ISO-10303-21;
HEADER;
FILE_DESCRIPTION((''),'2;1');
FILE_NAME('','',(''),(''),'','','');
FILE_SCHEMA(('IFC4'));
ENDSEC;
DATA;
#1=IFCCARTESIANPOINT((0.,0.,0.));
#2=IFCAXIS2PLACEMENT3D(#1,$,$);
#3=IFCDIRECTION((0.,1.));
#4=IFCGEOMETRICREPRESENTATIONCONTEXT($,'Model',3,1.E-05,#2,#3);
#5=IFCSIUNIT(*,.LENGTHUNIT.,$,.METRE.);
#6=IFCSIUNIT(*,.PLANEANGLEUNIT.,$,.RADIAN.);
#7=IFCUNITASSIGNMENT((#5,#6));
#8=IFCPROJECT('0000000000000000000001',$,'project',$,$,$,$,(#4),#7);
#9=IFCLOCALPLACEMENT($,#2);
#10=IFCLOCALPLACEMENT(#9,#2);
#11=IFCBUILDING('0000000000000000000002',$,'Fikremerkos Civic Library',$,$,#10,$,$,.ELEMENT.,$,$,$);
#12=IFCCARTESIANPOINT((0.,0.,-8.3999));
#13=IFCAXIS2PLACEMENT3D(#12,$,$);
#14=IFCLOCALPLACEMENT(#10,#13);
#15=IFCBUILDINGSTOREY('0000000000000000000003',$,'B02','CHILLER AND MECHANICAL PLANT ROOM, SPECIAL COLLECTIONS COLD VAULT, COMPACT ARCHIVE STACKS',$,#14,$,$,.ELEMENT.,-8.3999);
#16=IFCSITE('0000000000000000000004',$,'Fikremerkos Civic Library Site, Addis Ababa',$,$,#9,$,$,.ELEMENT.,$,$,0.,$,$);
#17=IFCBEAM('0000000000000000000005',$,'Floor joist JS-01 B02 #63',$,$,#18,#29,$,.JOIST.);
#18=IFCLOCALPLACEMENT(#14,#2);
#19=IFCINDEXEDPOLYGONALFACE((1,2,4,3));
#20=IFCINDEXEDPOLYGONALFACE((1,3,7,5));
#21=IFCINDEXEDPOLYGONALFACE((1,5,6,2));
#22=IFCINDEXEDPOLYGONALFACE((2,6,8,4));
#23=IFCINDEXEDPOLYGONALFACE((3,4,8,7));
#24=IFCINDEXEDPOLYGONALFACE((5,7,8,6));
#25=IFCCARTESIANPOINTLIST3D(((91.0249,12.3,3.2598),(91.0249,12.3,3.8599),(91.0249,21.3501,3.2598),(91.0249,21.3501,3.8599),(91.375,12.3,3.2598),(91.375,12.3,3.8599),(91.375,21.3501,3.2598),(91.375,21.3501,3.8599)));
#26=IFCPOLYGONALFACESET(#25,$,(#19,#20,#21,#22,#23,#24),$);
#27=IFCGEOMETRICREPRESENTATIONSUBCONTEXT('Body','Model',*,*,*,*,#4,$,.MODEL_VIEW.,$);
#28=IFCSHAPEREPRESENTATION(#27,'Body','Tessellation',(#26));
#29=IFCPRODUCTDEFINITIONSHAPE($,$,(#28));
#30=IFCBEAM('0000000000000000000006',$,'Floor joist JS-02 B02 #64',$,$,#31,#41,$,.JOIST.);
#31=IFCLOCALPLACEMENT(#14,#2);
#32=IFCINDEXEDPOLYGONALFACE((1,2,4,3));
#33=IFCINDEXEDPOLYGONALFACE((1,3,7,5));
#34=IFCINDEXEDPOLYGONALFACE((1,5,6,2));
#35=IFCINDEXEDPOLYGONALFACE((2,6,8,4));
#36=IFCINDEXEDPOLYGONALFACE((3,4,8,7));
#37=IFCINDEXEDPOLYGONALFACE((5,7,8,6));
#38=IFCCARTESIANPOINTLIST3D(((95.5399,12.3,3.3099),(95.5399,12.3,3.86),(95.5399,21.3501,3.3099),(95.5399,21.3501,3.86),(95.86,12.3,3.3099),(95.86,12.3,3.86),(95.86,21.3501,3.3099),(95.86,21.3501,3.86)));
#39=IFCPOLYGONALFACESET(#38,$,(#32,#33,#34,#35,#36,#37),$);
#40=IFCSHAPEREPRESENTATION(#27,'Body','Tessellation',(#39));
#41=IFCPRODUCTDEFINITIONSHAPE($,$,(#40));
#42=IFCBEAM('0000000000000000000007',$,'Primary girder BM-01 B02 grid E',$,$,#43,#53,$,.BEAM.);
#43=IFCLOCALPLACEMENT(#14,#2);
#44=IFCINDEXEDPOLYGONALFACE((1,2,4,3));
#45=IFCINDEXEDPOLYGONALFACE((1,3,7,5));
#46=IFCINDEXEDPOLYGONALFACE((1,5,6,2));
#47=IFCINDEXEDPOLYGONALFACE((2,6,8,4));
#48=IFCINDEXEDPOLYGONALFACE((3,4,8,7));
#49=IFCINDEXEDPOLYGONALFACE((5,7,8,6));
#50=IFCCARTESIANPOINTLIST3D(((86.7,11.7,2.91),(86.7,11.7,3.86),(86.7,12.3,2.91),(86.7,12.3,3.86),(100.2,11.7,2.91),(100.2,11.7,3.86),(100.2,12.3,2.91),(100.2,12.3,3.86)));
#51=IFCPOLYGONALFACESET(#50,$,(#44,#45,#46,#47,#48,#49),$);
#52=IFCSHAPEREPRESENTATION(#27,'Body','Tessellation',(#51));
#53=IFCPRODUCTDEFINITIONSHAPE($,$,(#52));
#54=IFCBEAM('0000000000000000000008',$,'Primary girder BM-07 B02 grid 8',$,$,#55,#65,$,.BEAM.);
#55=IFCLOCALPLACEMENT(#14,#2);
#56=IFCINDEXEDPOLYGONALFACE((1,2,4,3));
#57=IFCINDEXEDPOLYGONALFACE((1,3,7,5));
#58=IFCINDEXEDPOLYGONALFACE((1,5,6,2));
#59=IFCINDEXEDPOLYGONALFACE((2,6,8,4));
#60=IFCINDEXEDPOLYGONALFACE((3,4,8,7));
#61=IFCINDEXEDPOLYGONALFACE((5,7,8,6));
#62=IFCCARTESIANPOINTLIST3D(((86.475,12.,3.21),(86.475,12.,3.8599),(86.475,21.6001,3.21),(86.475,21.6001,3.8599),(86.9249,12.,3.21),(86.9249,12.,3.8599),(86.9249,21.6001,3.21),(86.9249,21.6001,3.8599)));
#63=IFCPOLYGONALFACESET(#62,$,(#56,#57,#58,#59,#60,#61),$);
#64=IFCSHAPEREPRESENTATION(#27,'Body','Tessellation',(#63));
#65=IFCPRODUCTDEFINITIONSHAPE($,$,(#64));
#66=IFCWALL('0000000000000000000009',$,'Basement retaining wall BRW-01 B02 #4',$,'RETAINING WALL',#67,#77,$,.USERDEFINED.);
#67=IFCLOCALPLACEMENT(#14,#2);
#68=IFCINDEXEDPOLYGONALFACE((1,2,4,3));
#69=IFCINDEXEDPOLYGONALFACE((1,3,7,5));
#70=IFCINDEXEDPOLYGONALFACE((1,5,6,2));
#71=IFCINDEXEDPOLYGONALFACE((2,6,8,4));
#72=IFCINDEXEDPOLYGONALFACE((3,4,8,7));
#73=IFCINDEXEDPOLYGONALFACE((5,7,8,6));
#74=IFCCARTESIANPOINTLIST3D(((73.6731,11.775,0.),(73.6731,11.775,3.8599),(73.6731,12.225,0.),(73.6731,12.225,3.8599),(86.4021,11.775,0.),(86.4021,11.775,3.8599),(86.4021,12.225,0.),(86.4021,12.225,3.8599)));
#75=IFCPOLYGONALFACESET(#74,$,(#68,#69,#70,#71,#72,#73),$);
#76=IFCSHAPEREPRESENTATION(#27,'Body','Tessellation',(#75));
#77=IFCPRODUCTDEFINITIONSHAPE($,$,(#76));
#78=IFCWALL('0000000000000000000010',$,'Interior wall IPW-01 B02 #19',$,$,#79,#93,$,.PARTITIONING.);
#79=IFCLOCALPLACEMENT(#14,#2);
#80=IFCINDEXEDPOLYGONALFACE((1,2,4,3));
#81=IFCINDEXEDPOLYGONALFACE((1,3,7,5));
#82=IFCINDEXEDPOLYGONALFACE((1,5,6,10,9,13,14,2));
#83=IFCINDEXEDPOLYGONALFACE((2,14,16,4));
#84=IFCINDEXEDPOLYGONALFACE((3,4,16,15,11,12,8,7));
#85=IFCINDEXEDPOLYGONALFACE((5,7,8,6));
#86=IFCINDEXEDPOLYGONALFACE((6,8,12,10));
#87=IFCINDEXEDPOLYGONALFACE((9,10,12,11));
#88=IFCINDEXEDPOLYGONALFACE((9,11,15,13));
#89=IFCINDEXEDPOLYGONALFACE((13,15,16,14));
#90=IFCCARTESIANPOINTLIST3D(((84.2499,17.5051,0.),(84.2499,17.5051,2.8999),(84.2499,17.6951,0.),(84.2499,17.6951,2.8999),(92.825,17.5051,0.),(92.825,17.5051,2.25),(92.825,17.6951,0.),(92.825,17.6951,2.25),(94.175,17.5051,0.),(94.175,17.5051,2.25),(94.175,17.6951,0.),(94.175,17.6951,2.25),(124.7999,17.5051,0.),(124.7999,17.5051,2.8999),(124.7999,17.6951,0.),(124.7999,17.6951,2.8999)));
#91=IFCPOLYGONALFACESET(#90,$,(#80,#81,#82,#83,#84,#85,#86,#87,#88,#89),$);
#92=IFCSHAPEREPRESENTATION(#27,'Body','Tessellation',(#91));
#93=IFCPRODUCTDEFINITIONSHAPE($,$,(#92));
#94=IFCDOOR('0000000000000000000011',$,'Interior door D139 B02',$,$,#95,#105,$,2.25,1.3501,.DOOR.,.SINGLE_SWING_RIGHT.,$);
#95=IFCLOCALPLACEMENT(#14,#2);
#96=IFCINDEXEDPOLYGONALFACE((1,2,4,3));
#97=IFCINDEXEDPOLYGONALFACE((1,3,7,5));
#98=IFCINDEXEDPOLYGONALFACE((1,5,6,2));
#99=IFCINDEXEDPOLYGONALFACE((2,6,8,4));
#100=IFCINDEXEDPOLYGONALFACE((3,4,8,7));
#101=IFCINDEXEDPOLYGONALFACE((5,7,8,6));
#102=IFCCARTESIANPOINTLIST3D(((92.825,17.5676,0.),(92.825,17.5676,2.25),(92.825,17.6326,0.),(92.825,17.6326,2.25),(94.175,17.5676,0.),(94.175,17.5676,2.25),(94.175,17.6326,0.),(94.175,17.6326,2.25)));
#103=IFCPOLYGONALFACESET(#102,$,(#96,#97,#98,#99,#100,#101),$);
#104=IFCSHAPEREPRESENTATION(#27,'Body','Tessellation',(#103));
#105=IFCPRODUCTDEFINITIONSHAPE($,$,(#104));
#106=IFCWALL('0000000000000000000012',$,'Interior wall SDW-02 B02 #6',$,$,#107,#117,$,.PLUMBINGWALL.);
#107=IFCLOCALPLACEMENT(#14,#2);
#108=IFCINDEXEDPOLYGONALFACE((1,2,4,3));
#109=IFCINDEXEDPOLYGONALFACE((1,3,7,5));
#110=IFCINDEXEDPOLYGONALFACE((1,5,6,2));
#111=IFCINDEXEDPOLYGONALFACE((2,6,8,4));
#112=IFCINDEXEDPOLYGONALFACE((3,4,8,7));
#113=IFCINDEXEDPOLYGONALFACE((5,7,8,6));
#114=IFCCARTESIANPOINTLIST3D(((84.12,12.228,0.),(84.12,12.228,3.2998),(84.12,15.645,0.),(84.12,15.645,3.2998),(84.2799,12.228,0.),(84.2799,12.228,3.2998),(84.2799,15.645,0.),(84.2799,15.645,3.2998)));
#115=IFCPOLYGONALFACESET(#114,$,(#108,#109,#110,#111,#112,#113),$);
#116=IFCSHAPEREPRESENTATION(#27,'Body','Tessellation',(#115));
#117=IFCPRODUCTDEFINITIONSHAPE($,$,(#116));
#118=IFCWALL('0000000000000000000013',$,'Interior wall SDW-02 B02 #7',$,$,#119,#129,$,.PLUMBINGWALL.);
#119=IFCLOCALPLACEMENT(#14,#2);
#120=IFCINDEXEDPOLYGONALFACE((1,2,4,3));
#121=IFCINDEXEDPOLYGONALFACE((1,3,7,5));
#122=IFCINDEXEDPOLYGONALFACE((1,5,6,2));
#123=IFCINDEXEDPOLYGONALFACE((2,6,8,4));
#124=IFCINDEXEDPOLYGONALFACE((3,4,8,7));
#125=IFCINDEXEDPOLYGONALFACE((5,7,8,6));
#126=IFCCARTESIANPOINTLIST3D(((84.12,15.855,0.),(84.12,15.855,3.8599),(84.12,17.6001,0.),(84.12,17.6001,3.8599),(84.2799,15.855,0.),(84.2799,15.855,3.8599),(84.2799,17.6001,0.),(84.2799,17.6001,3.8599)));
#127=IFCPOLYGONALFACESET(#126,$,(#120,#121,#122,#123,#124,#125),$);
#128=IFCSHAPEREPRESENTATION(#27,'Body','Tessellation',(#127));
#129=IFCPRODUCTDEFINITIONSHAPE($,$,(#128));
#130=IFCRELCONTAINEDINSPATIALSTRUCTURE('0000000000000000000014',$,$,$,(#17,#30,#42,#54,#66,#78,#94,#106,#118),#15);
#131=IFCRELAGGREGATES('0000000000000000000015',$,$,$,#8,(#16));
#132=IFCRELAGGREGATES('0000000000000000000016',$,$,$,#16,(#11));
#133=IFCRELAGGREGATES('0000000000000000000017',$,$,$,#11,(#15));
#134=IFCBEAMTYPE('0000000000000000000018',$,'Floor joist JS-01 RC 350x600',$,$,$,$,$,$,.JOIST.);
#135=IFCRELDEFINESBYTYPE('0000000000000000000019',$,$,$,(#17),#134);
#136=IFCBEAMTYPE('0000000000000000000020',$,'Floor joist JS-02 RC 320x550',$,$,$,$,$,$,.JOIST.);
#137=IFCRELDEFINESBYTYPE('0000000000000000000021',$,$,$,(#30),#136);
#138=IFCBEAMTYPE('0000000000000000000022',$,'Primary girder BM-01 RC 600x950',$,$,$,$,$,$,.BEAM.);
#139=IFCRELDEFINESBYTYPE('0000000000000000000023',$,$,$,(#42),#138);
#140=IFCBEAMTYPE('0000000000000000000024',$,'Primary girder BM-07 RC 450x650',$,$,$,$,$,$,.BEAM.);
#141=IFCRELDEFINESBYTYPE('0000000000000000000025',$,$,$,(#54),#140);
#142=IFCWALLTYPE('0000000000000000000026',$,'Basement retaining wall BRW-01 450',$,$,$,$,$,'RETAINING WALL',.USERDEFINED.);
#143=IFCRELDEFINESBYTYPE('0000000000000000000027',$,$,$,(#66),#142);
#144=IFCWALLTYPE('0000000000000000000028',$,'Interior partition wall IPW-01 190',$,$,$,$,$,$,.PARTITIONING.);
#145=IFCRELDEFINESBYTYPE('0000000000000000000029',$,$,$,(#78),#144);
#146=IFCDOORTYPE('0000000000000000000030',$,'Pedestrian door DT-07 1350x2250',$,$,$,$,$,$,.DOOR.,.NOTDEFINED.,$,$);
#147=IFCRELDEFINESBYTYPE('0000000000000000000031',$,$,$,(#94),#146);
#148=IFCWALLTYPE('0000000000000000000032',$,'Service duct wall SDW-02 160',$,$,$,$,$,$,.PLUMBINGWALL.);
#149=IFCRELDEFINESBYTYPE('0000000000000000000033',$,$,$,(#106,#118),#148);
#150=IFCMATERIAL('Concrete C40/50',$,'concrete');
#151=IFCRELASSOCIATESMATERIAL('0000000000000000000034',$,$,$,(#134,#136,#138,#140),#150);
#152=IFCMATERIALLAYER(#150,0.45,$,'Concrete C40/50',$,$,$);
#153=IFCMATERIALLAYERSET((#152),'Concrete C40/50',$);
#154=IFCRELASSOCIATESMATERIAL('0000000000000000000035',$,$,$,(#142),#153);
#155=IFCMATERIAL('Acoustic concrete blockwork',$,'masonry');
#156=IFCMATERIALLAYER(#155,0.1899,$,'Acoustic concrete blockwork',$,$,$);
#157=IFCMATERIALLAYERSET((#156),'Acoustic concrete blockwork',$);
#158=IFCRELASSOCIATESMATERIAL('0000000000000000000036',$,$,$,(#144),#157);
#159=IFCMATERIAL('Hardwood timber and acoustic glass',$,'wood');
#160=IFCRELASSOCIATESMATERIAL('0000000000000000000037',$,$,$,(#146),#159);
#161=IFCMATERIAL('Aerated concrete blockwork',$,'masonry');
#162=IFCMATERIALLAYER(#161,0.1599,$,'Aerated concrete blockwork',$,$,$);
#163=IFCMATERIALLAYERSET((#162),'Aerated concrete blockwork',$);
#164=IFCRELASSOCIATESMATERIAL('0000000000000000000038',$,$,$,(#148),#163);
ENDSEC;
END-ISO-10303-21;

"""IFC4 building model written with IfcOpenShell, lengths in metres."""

from ifc_helpers import new_model, si_unit, direction, frame, frame_2d, origin, origin_2d, place, context, subcontext, project, spatial, rectangle, extrude, material, layer, layer_set, material_profile, profile_set, type_object, element, fill, save


model = new_model("IFC4")

# Units and contexts
model_context = context("Model", 3, precision=1e-05, world=origin(), true_north=direction((0.0, 1.0)))
body_context = subcontext(model_context, "Body", "Model", "MODEL_VIEW")
ifc_project = project(units=[si_unit("LENGTHUNIT", "METRE"), si_unit("PLANEANGLEUNIT", "RADIAN")], contexts=[model_context])

# Site, building, storey
site_placement = place(None, origin())
site = spatial("IfcSite", under=ifc_project, at=site_placement, Name="Fikremerkos Civic Library Site, Addis Ababa", CompositionType="ELEMENT", RefElevation=0.0)
building_placement = place(site_placement, origin())
building = spatial("IfcBuilding", under=site, at=building_placement, Name="Fikremerkos Civic Library", CompositionType="ELEMENT")
storey_placement = place(building_placement, frame((0.0, 0.0, -8.3999)))
storey = spatial("IfcBuildingStorey", under=building, at=storey_placement, Name="B02", Description="CHILLER AND MECHANICAL PLANT ROOM, SPECIAL COLLECTIONS COLD VAULT, COMPACT ARCHIVE STACKS", CompositionType="ELEMENT", Elevation=-8.3999)

# Shared definitions
ifc_material_1 = material(Name="Concrete C40/50", Category="concrete")

# Beams
ifc_material_profile_1 = material_profile(ifc_material_1, rectangle(XDim=0.3501, YDim=0.6001, at=origin_2d()), Name="RC 350x600")
ifc_profile_set_1 = profile_set([ifc_material_profile_1], Name="Concrete C40/50")
beam_type_1 = type_object("IfcBeamType", Name="Floor joist JS-01 RC 350x600", PredefinedType="JOIST", material=ifc_profile_set_1)
beam_1_placement = place(storey_placement, frame((91.2, 12.3, 3.5598), z_axis=(0.0, 1.0, 0.0), x_axis=(-1.0, 0.0, 0.0)))
element("IfcBeam", 1, at=beam_1_placement, inside=storey, type_object=beam_type_1, Name="Floor joist JS-01 B02 #63", PredefinedType="JOIST", context=body_context, shape_type="SweptSolid", body=[
    extrude(rectangle(XDim=0.3501, YDim=0.6001, at=origin_2d()), origin(), (0.0, 0.0, 1.0), 9.05),
])
ifc_material_profile_2 = material_profile(ifc_material_1, rectangle(XDim=0.3201, YDim=0.55, at=origin_2d()), Name="RC 320x550")
ifc_profile_set_2 = profile_set([ifc_material_profile_2], Name="Concrete C40/50")
beam_type_2 = type_object("IfcBeamType", Name="Floor joist JS-02 RC 320x550", PredefinedType="JOIST", material=ifc_profile_set_2)
beam_2_placement = place(storey_placement, frame((95.7, 12.3, 3.585), z_axis=(0.0, 1.0, 0.0), x_axis=(-1.0, 0.0, 0.0)))
element("IfcBeam", 2, at=beam_2_placement, inside=storey, type_object=beam_type_2, Name="Floor joist JS-02 B02 #64", PredefinedType="JOIST", context=body_context, shape_type="SweptSolid", body=[
    extrude(rectangle(XDim=0.3201, YDim=0.55, at=origin_2d()), origin(), (0.0, 0.0, 1.0), 9.05),
])
ifc_material_profile_3 = material_profile(ifc_material_1, rectangle(XDim=0.6001, YDim=0.95, at=origin_2d()), Name="RC 600x950")
ifc_profile_set_3 = profile_set([ifc_material_profile_3], Name="Concrete C40/50")
beam_type_3 = type_object("IfcBeamType", Name="Primary girder BM-01 RC 600x950", PredefinedType="BEAM", material=ifc_profile_set_3)
beam_3_placement = place(storey_placement, frame((86.7, 12.0, 3.385), z_axis=(1.0, 0.0, 0.0), x_axis=(0.0, 1.0, 0.0)))
element("IfcBeam", 3, at=beam_3_placement, inside=storey, type_object=beam_type_3, Name="Primary girder BM-01 B02 grid E", PredefinedType="BEAM", context=body_context, shape_type="SweptSolid", body=[
    extrude(rectangle(XDim=0.6001, YDim=0.95, at=origin_2d()), origin(), (0.0, 0.0, 1.0), 13.5),
])
ifc_material_profile_4 = material_profile(ifc_material_1, rectangle(XDim=0.45, YDim=0.6499, at=origin_2d()), Name="RC 450x650")
ifc_profile_set_4 = profile_set([ifc_material_profile_4], Name="Concrete C40/50")
beam_type_4 = type_object("IfcBeamType", Name="Primary girder BM-07 RC 450x650", PredefinedType="BEAM", material=ifc_profile_set_4)
beam_4_placement = place(storey_placement, frame((86.7, 12.0, 3.5349), z_axis=(0.0, 1.0, 0.0), x_axis=(-1.0, 0.0, 0.0)))
element("IfcBeam", 4, at=beam_4_placement, inside=storey, type_object=beam_type_4, Name="Primary girder BM-07 B02 grid 8", PredefinedType="BEAM", context=body_context, shape_type="SweptSolid", body=[
    extrude(rectangle(XDim=0.45, YDim=0.6499, at=origin_2d()), origin(), (0.0, 0.0, 1.0), 9.6001),
])

# Wall
ifc_layer_1 = layer(ifc_material_1, 0.45, Name="Concrete C40/50")
ifc_layer_set_1 = layer_set([ifc_layer_1], Name="Concrete C40/50")
wall_type_1 = type_object("IfcWallType", Name="Basement retaining wall BRW-01 450", ElementType="RETAINING WALL", PredefinedType="USERDEFINED", material=ifc_layer_set_1)
wall_1_placement = place(storey_placement, frame((86.4021, 12.0, 0.0), z_axis=(0.0, 0.0, 1.0), x_axis=(-1.0, 0.0, 0.0)))
element("IfcWall", 5, at=wall_1_placement, inside=storey, type_object=wall_type_1, Name="Basement retaining wall BRW-01 B02 #4", ObjectType="RETAINING WALL", PredefinedType="USERDEFINED", context=body_context, shape_type="SweptSolid", body=[
    extrude(rectangle(XDim=12.729, YDim=0.45, at=frame_2d((6.3645, 0.0))), origin(), (0.0, 0.0, 1.0), 3.8599),
])

# Wall, opening, door
ifc_material_2 = material(Name="Acoustic concrete blockwork", Category="masonry")
ifc_layer_2 = layer(ifc_material_2, 0.1899, Name="Acoustic concrete blockwork")
ifc_layer_set_2 = layer_set([ifc_layer_2], Name="Acoustic concrete blockwork")
wall_type_2 = type_object("IfcWallType", Name="Interior partition wall IPW-01 190", PredefinedType="PARTITIONING", material=ifc_layer_set_2)
wall_2_placement = place(storey_placement, frame((84.25, 17.6001, 0.0), z_axis=(0.0, 0.0, 1.0), x_axis=(1.0, 0.0, 0.0)))
wall_2 = element("IfcWall", 6, at=wall_2_placement, inside=storey, type_object=wall_type_2, Name="Interior wall IPW-01 B02 #19", PredefinedType="PARTITIONING", context=body_context, shape_type="SweptSolid", body=[
    extrude(rectangle(XDim=40.55, YDim=0.1899, at=frame_2d((20.2749, 0.0))), origin(), (0.0, 0.0, 1.0), 2.8999),
])
opening_placement = place(wall_2_placement, frame((8.575, 0.0, 0.0)))
opening = element("IfcOpeningElement", 7, at=opening_placement, cuts=wall_2, PredefinedType="OPENING", context=body_context, shape_type="SweptSolid", body=[
    extrude(rectangle(XDim=1.3501, YDim=2.25, at=frame_2d((0.675, 1.125))), frame((0.0, 0.105, 0.0), z_axis=(0.0, -1.0, 0.0), x_axis=(1.0, 0.0, 0.0)), (0.0, 0.0, 1.0), 0.21),
])
ifc_material_3 = material(Name="Hardwood timber and acoustic glass", Category="wood")
door_type = type_object("IfcDoorType", Name="Pedestrian door DT-07 1350x2250", OperationType="NOTDEFINED", PredefinedType="DOOR", material=ifc_material_3)
door_placement = place(opening_placement, origin())
door = element("IfcDoor", 8, at=door_placement, inside=storey, type_object=door_type, Name="Interior door D139 B02", OperationType="SINGLE_SWING_RIGHT", OverallHeight=2.25, OverallWidth=1.3501, PredefinedType="DOOR", context=body_context, shape_type="SweptSolid", body=[
    extrude(rectangle(XDim=1.3501, YDim=2.25, at=frame_2d((0.675, 1.125))), frame((0.0, 0.0325, 0.0), z_axis=(0.0, -1.0, 0.0), x_axis=(1.0, 0.0, 0.0)), (0.0, 0.0, 1.0), 0.0649),
])
fill(opening, door)

# Walls
ifc_material_4 = material(Name="Aerated concrete blockwork", Category="masonry")
ifc_layer_3 = layer(ifc_material_4, 0.1599, Name="Aerated concrete blockwork")
ifc_layer_set_3 = layer_set([ifc_layer_3], Name="Aerated concrete blockwork")
wall_type_3 = type_object("IfcWallType", Name="Service duct wall SDW-02 160", PredefinedType="PLUMBINGWALL", material=ifc_layer_set_3)
wall_3_placement = place(storey_placement, frame((84.2, 12.228, 0.0), z_axis=(0.0, 0.0, 1.0), x_axis=(0.0, 1.0, 0.0)))
element("IfcWall", 9, at=wall_3_placement, inside=storey, type_object=wall_type_3, Name="Interior wall SDW-02 B02 #6", PredefinedType="PLUMBINGWALL", context=body_context, shape_type="SweptSolid", body=[
    extrude(rectangle(XDim=3.417, YDim=0.1599, at=frame_2d((1.7085, 0.0))), origin(), (0.0, 0.0, 1.0), 3.2998),
])
wall_4_placement = place(storey_placement, frame((84.2, 15.855, 0.0), z_axis=(0.0, 0.0, 1.0), x_axis=(0.0, 1.0, 0.0)))
element("IfcWall", 10, at=wall_4_placement, inside=storey, type_object=wall_type_3, Name="Interior wall SDW-02 B02 #7", PredefinedType="PLUMBINGWALL", context=body_context, shape_type="SweptSolid", body=[
    extrude(rectangle(XDim=1.7451, YDim=0.1599, at=frame_2d((0.8726, 0.0))), origin(), (0.0, 0.0, 1.0), 3.8599),
])

save(model, "model.ifc")
